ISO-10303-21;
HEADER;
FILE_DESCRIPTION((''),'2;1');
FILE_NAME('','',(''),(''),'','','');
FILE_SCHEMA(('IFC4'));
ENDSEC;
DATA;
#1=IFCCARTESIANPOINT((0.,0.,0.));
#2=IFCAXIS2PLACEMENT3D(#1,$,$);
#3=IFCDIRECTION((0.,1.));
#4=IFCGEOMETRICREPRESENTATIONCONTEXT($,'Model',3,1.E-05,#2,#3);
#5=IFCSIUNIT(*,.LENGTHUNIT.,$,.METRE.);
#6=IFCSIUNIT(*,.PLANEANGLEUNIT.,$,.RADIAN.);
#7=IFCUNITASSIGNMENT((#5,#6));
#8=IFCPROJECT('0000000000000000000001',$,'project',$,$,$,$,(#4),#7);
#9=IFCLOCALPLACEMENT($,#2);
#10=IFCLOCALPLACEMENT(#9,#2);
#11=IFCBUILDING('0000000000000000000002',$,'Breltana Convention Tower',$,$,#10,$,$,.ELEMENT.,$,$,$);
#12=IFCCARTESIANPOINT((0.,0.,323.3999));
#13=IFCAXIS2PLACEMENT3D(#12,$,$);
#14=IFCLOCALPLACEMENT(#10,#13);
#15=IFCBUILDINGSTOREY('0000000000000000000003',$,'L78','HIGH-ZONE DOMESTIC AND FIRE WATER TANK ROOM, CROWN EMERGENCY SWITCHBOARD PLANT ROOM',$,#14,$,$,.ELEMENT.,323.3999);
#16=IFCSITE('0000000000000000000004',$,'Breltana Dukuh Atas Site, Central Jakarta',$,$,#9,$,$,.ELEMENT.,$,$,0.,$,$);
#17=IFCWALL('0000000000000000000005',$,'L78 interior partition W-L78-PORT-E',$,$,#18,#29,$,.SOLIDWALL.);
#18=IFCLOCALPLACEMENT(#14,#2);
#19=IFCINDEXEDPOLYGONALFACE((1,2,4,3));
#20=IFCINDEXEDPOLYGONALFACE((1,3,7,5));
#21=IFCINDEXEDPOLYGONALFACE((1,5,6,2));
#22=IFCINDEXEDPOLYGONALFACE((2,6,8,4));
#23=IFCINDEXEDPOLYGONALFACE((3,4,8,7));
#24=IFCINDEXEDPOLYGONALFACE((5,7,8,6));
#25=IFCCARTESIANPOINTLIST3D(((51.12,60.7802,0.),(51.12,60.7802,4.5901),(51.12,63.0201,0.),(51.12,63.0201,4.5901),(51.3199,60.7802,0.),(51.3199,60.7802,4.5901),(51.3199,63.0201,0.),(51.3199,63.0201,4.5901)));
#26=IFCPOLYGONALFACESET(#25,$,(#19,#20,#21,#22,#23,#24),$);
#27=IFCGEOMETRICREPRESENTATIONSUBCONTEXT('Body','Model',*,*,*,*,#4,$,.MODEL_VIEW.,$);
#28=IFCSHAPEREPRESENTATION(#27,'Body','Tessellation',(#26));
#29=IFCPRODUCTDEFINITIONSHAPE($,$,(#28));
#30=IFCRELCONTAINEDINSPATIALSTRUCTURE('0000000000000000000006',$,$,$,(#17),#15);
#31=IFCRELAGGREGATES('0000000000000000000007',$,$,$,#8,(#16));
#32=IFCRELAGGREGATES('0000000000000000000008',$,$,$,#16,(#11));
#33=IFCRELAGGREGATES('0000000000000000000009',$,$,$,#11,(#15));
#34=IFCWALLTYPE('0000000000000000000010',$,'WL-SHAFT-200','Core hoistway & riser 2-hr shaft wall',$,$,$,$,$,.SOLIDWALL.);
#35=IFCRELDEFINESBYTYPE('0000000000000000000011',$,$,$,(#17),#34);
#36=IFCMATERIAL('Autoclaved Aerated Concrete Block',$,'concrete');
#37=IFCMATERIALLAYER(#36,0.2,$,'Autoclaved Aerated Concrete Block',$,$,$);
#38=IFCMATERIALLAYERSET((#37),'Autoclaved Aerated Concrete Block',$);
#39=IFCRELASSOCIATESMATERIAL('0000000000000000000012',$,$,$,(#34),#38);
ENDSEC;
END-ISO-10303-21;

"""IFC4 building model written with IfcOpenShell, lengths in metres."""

from ifc_helpers import new_model, si_unit, direction, frame, frame_2d, origin, place, context, subcontext, project, spatial, rectangle, extrude, source, transform, mapped, material, layer, layer_set, type_object, element, save


model = new_model("IFC4")

# Units and contexts
model_context = context("Model", 3, precision=1e-05, world=origin(), true_north=direction((0.0, 1.0)))
body_context = subcontext(model_context, "Body", "Model", "MODEL_VIEW")
ifc_project = project(units=[si_unit("LENGTHUNIT", "METRE"), si_unit("PLANEANGLEUNIT", "RADIAN")], contexts=[model_context])

# Site, building, storey
site_placement = place(None, origin())
site = spatial("IfcSite", under=ifc_project, at=site_placement, Name="Breltana Dukuh Atas Site, Central Jakarta", CompositionType="ELEMENT", RefElevation=0.0)
building_placement = place(site_placement, origin())
building = spatial("IfcBuilding", under=site, at=building_placement, Name="Breltana Convention Tower", CompositionType="ELEMENT")
storey_placement = place(building_placement, frame((0.0, 0.0, 323.3999)))
storey = spatial("IfcBuildingStorey", under=building, at=storey_placement, Name="L78", Description="HIGH-ZONE DOMESTIC AND FIRE WATER TANK ROOM, CROWN EMERGENCY SWITCHBOARD PLANT ROOM", CompositionType="ELEMENT", Elevation=323.3999)

# Wall
ifc_material_1 = material(Name="Autoclaved Aerated Concrete Block", Category="concrete")
ifc_layer_1 = layer(ifc_material_1, 0.2, Name="Autoclaved Aerated Concrete Block")
ifc_layer_set_1 = layer_set([ifc_layer_1], Name="Autoclaved Aerated Concrete Block")
wall_type_1 = type_object("IfcWallType", Name="WL-SHAFT-200", Description="Core hoistway & riser 2-hr shaft wall", PredefinedType="SOLIDWALL", material=ifc_layer_set_1)
shared_shape_1 = source(origin(), body_context, "Body", "SweptSolid", [
    extrude(rectangle(XDim=2.24, YDim=0.2, at=frame_2d((1.1201, 0.0))), origin(), (0.0, 0.0, 1.0), 4.5901),
])
for number, where, z_axis, x_axis, name in (
    (1, (51.22, 60.78, 0.0), (0.0, 0.0, 1.0), (0.0, 1.0, 0.0), "L78 interior partition W-L78-PORT-E"),
):
    element("IfcWall", number, at=place(storey_placement, frame(where, z_axis=z_axis, x_axis=x_axis)), inside=storey, type_object=wall_type_1, Name=name, PredefinedType="SOLIDWALL", context=body_context, shape_type="MappedRepresentation", body=[
        mapped(shared_shape_1, transform((0.0, 0.0, 0.0), scale=1.0)),
    ])

save(model, "model.ifc")
